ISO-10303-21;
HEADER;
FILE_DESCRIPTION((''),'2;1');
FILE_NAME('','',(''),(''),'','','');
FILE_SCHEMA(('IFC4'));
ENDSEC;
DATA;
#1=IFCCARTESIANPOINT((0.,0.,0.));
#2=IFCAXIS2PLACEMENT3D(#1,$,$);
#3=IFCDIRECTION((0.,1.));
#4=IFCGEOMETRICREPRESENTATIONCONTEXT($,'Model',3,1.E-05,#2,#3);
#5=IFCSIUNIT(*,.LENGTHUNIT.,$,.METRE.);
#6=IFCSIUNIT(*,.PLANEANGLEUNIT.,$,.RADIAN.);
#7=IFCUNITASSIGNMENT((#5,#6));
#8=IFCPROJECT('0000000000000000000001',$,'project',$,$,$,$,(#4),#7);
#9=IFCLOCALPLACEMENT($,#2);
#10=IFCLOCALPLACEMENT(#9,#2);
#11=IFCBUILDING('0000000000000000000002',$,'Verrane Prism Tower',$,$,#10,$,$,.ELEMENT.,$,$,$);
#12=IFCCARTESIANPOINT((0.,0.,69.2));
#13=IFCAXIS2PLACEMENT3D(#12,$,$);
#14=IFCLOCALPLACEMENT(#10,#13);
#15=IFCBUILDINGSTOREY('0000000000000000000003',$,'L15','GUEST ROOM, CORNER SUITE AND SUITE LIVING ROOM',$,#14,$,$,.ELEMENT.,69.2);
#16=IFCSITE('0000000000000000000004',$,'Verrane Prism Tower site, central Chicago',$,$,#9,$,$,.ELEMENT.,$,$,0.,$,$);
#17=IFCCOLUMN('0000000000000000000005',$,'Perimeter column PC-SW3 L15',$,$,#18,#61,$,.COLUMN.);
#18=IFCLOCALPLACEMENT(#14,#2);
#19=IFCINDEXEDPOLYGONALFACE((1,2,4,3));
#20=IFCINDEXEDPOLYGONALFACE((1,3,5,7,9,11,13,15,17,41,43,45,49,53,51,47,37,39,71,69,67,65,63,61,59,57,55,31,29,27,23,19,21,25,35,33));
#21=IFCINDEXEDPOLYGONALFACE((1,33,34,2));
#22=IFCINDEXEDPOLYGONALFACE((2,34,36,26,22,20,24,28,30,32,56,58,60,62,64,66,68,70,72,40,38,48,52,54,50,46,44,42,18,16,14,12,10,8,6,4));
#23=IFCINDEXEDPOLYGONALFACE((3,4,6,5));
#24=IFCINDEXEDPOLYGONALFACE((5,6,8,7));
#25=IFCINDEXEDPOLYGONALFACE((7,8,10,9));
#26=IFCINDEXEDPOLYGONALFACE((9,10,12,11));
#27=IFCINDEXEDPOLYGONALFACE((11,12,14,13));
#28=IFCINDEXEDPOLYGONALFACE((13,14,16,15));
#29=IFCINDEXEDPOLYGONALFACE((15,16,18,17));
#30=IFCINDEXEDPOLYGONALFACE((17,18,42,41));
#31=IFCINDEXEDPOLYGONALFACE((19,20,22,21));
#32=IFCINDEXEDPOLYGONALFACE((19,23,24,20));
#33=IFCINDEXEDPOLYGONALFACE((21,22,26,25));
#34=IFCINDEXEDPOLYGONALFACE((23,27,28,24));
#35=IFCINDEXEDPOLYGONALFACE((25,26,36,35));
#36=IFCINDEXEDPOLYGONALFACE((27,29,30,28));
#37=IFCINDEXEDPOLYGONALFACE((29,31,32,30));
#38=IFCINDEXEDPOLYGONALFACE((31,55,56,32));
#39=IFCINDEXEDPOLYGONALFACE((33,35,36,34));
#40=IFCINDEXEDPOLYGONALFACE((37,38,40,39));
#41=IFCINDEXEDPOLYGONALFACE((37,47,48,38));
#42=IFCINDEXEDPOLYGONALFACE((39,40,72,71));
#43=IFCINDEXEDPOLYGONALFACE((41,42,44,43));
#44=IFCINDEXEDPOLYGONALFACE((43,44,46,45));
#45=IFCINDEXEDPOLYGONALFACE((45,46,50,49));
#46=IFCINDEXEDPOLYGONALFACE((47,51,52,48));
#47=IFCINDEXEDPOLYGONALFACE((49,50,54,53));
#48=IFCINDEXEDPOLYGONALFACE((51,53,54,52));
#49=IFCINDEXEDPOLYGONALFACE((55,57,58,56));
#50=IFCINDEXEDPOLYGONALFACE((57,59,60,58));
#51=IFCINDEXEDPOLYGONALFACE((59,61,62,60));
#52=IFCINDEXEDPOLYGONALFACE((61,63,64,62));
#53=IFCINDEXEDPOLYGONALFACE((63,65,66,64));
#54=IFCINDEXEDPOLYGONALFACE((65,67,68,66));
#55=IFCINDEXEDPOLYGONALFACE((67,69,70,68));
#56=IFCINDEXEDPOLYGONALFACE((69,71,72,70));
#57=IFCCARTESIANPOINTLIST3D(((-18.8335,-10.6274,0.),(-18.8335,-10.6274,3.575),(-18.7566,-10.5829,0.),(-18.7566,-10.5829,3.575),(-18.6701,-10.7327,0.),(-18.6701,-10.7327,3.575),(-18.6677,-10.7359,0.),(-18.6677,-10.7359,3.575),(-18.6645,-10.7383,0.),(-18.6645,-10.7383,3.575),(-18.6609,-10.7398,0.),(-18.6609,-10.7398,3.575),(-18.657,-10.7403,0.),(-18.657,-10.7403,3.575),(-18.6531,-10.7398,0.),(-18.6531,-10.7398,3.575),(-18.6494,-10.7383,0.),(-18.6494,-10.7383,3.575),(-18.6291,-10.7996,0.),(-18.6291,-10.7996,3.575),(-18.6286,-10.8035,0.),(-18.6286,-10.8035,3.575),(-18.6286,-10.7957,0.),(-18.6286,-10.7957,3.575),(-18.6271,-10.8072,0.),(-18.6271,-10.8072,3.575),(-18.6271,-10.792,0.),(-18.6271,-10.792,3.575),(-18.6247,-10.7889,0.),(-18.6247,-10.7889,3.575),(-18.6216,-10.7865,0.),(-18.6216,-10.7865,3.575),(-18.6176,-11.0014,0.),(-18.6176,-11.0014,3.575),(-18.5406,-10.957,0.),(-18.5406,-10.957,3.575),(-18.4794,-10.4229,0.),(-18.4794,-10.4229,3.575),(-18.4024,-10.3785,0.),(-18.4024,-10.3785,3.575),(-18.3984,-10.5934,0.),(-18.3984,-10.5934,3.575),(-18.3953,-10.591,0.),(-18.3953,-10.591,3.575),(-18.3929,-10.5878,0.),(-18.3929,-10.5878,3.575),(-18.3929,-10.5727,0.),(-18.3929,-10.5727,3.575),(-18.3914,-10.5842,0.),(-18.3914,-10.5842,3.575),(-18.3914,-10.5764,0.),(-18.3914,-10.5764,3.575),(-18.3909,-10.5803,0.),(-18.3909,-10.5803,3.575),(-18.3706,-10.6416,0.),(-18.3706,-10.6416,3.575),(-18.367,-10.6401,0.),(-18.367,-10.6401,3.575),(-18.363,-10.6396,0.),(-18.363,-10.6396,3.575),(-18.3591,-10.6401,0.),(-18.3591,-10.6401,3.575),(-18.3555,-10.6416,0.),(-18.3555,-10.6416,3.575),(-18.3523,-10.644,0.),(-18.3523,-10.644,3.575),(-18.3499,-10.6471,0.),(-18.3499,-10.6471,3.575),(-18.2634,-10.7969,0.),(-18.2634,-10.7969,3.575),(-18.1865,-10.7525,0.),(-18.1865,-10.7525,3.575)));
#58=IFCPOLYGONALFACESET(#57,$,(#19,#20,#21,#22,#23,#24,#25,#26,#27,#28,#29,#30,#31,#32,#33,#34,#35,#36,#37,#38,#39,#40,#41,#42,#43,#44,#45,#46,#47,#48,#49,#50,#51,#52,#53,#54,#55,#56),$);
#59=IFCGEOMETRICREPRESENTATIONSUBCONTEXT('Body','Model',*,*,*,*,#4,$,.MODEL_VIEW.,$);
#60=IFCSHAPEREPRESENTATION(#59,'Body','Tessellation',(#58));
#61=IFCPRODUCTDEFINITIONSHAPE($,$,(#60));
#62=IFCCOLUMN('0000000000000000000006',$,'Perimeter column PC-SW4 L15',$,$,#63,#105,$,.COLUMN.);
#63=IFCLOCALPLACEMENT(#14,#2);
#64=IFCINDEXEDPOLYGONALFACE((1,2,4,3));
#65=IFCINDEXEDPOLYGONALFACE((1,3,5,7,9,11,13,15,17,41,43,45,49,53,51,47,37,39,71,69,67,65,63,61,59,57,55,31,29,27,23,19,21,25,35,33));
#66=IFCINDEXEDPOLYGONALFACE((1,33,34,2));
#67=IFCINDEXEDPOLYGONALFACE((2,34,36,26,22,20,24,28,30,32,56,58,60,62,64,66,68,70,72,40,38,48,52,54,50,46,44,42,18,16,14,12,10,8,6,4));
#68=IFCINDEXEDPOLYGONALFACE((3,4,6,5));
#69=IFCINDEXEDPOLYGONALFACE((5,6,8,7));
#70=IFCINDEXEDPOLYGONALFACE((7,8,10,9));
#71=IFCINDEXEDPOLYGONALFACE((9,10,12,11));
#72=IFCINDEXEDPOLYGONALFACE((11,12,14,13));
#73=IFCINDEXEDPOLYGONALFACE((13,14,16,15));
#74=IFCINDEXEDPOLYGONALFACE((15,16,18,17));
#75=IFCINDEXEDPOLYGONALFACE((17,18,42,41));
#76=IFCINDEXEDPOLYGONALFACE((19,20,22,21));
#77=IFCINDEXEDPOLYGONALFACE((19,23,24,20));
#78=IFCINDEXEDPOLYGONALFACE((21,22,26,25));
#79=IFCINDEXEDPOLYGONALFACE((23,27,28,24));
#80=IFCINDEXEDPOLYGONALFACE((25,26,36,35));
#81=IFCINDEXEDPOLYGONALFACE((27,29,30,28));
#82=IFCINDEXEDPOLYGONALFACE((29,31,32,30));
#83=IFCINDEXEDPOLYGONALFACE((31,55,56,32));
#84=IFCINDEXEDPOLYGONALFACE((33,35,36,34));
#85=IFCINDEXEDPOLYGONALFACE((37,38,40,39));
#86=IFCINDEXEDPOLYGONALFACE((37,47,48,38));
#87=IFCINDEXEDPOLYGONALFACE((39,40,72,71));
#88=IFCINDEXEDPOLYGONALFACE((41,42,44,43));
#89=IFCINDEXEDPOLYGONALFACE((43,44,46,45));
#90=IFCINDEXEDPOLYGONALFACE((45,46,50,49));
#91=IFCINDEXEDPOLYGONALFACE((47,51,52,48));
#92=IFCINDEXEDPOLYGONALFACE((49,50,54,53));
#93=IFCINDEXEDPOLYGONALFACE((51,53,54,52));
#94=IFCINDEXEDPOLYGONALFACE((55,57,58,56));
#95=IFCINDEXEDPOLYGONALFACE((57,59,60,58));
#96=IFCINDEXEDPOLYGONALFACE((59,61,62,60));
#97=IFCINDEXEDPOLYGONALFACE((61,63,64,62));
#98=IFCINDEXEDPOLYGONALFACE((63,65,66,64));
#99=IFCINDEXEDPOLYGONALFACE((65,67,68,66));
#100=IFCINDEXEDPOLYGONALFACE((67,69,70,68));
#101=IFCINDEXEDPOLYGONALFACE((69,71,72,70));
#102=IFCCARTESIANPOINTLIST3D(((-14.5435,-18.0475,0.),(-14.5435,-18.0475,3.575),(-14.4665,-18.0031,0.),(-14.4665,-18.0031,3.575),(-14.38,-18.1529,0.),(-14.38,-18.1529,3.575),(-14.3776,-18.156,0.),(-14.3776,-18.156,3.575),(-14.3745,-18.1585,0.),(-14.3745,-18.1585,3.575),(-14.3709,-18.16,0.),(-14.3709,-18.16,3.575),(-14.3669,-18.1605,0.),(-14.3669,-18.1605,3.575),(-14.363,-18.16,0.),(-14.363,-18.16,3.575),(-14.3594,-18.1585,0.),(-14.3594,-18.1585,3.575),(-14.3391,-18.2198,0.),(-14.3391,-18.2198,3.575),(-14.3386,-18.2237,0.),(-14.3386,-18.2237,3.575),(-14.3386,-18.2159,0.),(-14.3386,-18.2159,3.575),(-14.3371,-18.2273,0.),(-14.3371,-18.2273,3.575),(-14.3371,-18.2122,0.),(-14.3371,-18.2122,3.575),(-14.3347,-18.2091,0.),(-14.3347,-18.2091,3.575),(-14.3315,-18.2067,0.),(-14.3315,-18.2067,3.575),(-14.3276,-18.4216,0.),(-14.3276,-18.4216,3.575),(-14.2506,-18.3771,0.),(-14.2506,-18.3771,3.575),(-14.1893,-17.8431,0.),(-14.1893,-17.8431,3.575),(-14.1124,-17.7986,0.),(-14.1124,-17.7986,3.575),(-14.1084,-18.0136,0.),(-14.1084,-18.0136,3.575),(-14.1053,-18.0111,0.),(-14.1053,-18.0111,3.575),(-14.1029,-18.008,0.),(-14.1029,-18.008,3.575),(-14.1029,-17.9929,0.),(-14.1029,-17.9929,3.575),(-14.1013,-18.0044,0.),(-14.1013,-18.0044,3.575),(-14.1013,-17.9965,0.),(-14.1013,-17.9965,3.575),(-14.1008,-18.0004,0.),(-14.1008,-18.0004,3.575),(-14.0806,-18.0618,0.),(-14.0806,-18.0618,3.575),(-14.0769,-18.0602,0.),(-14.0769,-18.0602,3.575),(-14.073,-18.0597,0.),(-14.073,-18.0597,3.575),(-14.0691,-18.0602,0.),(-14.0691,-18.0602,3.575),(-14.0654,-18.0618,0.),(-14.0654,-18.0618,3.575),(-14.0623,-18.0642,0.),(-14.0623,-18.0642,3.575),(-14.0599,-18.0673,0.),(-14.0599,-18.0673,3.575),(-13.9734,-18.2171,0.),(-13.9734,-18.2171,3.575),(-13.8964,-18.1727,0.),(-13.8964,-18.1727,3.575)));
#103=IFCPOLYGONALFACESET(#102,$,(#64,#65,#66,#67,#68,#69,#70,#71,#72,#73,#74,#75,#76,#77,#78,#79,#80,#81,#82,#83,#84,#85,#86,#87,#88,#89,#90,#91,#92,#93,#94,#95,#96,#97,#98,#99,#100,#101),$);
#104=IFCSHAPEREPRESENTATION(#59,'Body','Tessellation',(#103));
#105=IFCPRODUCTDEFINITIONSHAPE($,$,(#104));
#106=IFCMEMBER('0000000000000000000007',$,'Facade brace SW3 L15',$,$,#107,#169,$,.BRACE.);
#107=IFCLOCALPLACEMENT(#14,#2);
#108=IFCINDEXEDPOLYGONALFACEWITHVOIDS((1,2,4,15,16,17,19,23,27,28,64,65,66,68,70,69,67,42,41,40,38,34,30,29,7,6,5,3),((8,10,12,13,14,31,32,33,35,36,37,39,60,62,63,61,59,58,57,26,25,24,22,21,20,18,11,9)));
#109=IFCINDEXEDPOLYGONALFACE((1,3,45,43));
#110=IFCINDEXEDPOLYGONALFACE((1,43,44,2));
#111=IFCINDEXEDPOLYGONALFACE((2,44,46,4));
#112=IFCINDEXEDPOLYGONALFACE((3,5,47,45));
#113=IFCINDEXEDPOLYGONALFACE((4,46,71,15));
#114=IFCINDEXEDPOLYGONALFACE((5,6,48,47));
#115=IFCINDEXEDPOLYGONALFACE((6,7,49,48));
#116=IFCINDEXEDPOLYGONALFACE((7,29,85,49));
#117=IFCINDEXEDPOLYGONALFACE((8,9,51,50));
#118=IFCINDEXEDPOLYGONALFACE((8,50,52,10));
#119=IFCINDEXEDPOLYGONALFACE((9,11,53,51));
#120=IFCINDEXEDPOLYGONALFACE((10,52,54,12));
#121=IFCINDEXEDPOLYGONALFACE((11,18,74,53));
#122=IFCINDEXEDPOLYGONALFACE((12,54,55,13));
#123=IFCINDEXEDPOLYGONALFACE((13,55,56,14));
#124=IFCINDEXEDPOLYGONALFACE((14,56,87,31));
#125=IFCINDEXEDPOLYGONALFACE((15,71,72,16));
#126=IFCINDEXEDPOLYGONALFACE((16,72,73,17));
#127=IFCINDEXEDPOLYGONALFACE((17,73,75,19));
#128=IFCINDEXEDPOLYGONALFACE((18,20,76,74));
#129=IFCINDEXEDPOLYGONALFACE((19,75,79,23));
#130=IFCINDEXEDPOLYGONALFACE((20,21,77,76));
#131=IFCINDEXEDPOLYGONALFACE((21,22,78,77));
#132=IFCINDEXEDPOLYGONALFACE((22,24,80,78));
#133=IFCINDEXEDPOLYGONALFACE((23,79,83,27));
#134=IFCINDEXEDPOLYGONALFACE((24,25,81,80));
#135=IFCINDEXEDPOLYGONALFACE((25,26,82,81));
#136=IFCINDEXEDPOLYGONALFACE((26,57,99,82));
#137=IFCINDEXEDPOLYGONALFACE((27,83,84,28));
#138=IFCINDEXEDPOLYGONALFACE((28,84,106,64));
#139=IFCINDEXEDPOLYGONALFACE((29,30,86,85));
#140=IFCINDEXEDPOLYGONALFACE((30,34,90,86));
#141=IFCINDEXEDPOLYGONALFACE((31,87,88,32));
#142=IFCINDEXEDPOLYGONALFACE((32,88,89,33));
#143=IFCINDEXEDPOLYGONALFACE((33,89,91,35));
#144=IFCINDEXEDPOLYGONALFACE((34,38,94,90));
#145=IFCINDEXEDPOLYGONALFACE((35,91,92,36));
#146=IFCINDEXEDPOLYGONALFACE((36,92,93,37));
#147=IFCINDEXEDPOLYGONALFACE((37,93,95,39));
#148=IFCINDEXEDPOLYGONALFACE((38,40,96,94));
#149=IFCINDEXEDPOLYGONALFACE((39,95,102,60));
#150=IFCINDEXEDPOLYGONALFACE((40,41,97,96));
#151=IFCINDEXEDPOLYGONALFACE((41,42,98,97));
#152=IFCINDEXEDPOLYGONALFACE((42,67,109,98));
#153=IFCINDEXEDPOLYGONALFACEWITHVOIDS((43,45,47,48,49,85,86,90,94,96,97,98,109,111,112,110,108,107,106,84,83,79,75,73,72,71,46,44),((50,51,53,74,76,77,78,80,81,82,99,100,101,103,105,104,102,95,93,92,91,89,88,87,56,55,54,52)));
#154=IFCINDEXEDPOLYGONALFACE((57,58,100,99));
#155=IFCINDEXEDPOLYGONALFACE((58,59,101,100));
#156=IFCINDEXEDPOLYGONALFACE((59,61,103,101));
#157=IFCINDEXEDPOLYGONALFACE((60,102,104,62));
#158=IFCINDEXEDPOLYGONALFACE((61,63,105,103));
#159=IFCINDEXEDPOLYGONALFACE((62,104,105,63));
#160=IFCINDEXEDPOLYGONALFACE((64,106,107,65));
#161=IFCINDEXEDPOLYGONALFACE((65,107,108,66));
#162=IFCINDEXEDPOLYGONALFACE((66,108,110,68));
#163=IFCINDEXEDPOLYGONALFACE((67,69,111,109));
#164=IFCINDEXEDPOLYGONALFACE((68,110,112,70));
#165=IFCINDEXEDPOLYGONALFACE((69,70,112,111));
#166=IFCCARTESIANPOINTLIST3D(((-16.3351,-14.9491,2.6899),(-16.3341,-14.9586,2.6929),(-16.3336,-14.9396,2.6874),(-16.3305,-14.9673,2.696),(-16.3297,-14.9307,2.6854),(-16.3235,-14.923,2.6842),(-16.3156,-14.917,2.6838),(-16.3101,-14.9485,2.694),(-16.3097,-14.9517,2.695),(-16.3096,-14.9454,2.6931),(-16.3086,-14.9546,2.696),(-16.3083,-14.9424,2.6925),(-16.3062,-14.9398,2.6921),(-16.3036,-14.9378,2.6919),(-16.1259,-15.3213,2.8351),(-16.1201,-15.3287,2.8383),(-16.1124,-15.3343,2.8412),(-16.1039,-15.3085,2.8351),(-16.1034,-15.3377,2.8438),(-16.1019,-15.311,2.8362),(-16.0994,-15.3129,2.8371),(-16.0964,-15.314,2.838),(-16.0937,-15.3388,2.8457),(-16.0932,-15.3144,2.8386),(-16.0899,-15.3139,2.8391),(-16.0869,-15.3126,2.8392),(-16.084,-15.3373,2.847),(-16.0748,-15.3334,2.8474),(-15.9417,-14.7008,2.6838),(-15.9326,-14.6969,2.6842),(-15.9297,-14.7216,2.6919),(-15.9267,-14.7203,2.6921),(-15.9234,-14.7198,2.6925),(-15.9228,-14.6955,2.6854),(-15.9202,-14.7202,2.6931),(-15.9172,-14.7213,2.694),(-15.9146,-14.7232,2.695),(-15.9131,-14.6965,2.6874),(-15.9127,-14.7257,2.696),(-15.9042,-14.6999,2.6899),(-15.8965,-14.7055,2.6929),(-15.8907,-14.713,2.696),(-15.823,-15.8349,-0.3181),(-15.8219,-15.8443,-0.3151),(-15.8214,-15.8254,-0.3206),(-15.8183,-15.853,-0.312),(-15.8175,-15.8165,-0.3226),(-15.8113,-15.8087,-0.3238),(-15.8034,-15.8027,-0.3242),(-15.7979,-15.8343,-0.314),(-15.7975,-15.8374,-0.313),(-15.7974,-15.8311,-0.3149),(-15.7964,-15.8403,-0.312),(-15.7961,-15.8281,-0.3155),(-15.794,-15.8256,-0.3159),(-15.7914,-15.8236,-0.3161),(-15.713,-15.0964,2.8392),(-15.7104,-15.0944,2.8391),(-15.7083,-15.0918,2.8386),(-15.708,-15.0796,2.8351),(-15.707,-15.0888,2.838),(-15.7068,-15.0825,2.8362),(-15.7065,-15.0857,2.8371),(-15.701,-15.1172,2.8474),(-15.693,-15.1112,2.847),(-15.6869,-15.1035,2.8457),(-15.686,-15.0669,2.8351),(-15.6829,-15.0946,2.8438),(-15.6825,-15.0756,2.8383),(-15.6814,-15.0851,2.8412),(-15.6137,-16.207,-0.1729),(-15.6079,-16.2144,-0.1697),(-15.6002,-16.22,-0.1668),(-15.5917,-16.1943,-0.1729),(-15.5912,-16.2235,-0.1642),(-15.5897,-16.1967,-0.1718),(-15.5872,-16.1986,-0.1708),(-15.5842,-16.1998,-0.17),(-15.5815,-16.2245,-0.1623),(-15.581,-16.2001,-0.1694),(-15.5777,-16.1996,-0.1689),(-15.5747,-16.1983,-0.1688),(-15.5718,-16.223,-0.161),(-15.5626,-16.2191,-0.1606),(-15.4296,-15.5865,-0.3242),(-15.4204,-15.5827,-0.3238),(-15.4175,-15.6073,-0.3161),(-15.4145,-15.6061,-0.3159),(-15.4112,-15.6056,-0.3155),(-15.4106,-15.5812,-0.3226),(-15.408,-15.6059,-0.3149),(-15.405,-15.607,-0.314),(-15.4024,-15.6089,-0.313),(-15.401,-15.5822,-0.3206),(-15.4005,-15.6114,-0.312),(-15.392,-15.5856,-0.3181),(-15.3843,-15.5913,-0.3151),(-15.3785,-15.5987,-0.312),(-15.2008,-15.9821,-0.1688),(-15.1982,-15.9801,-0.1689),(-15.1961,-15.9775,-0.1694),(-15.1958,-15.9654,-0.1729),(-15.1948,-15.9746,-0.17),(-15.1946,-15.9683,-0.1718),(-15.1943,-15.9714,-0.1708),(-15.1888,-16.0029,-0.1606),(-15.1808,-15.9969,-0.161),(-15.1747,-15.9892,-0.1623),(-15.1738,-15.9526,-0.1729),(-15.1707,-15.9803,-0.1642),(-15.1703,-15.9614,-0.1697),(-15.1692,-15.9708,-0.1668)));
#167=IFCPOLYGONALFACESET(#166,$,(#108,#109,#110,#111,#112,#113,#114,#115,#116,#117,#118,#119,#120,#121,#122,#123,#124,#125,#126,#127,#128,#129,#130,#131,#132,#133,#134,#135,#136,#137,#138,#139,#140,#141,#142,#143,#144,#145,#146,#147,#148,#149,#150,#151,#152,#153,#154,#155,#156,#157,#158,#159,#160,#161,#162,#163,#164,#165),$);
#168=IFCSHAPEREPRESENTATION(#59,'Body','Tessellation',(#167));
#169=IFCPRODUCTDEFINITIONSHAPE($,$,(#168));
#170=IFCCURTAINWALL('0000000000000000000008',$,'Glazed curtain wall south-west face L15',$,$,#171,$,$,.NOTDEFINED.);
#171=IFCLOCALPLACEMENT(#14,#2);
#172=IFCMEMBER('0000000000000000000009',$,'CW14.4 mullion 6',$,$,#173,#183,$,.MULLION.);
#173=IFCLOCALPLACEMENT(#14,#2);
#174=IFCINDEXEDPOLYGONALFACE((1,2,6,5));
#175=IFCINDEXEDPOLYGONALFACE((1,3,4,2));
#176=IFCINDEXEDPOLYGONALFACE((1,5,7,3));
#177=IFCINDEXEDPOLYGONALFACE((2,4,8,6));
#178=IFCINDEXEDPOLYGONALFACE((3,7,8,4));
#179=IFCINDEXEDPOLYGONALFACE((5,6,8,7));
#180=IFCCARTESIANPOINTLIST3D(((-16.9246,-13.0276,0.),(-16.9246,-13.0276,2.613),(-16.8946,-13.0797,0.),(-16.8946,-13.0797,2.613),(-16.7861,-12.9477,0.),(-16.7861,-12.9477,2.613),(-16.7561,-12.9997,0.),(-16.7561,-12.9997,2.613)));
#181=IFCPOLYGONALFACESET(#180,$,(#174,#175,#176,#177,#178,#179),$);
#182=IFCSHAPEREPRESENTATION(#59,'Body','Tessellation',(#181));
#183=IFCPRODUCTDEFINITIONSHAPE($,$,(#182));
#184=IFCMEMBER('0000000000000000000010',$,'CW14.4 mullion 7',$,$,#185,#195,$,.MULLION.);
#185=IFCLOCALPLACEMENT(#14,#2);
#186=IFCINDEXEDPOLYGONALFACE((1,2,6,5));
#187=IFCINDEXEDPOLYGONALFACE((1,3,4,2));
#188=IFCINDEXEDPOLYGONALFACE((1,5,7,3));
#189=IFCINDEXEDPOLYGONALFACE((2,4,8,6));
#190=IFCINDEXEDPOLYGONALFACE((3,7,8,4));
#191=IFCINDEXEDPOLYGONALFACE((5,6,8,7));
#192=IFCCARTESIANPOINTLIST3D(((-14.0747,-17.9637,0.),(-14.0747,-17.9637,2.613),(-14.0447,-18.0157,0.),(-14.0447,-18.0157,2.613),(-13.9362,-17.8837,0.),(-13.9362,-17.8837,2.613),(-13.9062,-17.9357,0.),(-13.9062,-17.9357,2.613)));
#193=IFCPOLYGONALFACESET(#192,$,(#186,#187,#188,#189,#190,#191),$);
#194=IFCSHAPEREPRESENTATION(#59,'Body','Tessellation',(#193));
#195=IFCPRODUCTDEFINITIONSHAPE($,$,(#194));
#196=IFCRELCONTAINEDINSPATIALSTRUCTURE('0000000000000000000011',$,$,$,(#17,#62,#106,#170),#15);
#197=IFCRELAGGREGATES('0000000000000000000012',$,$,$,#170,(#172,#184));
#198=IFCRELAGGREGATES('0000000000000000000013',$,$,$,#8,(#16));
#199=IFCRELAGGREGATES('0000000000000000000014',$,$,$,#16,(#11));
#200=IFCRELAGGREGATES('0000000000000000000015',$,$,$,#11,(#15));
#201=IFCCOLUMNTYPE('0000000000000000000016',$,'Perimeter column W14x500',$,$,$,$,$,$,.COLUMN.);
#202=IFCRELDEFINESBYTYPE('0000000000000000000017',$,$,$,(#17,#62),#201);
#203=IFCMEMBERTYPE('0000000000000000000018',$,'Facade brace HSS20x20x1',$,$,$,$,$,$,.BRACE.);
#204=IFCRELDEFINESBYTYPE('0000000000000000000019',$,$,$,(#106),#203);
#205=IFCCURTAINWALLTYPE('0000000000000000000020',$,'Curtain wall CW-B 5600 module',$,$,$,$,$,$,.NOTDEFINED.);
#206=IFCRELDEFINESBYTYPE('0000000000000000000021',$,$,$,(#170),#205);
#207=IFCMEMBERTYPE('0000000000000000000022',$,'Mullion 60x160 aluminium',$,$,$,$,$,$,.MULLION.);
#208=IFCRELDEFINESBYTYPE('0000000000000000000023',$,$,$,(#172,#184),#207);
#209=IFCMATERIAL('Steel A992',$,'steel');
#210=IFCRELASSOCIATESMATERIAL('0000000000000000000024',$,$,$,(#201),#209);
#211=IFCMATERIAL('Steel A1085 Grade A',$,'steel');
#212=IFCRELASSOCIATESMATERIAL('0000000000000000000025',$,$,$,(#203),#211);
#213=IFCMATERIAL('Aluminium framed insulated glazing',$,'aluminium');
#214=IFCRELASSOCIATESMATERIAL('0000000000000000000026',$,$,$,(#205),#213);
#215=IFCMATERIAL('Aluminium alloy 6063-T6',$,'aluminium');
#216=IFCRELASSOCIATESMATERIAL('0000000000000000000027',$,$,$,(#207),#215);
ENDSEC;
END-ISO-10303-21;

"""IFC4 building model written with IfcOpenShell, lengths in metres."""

from ifc_helpers import new_model, si_unit, direction, frame, origin, origin_2d, place, context, subcontext, project, spatial, rectangle, hollow_rectangle, i_section, extrude, material, material_profile, profile_set, type_object, element, aggregate, save


model = new_model("IFC4")

# Units and contexts
model_context = context("Model", 3, precision=1e-05, world=origin(), true_north=direction((0.0, 1.0)))
body_context = subcontext(model_context, "Body", "Model", "MODEL_VIEW")
ifc_project = project(units=[si_unit("LENGTHUNIT", "METRE"), si_unit("PLANEANGLEUNIT", "RADIAN")], contexts=[model_context])

# Site, building, storey
site_placement = place(None, origin())
site = spatial("IfcSite", under=ifc_project, at=site_placement, Name="Verrane Prism Tower site, central Chicago", CompositionType="ELEMENT", RefElevation=0.0)
building_placement = place(site_placement, origin())
building = spatial("IfcBuilding", under=site, at=building_placement, Name="Verrane Prism Tower", CompositionType="ELEMENT")
storey_placement = place(building_placement, frame((0.0, 0.0, 69.2)))
storey = spatial("IfcBuildingStorey", under=building, at=storey_placement, Name="L15", Description="GUEST ROOM, CORNER SUITE AND SUITE LIVING ROOM", CompositionType="ELEMENT", Elevation=69.2)

# Columns
ifc_material_1 = material(Name="Steel A992", Category="steel")
ifc_material_profile_1 = material_profile(ifc_material_1, i_section(OverallWidth=0.4319, OverallDepth=0.4978, WebThickness=0.0557, FlangeThickness=0.0889, FilletRadius=0.0151, at=origin_2d()), Name="W14x500")
ifc_profile_set_1 = profile_set([ifc_material_profile_1], Name="Steel A992")
column_type = type_object("IfcColumnType", Name="Perimeter column W14x500", PredefinedType="COLUMN", material=ifc_profile_set_1)
for number, where, z_axis, x_axis, name in (
    (1, (-18.51, -10.6899, 0.0), (0.0, 0.0, 1.0), (-0.5, 0.866025, 0.0), "Perimeter column PC-SW3 L15"),
    (2, (-14.22, -18.1101, 0.0), (0.0, 0.0, 1.0), (-0.5, 0.866025, 0.0), "Perimeter column PC-SW4 L15"),
):
    element("IfcColumn", number, at=place(storey_placement, frame(where, z_axis=z_axis, x_axis=x_axis)), inside=storey, type_object=column_type, Name=name, PredefinedType="COLUMN", context=body_context, shape_type="SweptSolid", body=[
        extrude(i_section(OverallWidth=0.4319, OverallDepth=0.4978, WebThickness=0.0557, FlangeThickness=0.0889, FilletRadius=0.0151, at=origin_2d()), origin(), (0.0, 0.0, 1.0), 3.575),
    ])

# Member
ifc_material_2 = material(Name="Steel A1085 Grade A", Category="steel")
ifc_material_profile_2 = material_profile(ifc_material_2, hollow_rectangle(XDim=0.5081, YDim=0.5081, WallThickness=0.0254, InnerFilletRadius=0.0127, OuterFilletRadius=0.0381, at=origin_2d()), Name="HSS20x20x1")
ifc_profile_set_2 = profile_set([ifc_material_profile_2], Name="Steel A1085 Grade A")
member_type_1 = type_object("IfcMemberType", Name="Facade brace HSS20x20x1", PredefinedType="BRACE", material=ifc_profile_set_2)
member_1_placement = place(storey_placement, frame((-15.4961, -15.9028, -0.2424), z_axis=(-0.161208, 0.278771, 0.946731), x_axis=(-0.865677, -0.500604, 0.0)))
element("IfcMember", 3, at=member_1_placement, inside=storey, type_object=member_type_1, Name="Facade brace SW3 L15", PredefinedType="BRACE", context=body_context, shape_type="SweptSolid", body=[
    extrude(hollow_rectangle(XDim=0.5081, YDim=0.5081, WallThickness=0.0254, InnerFilletRadius=0.0127, OuterFilletRadius=0.0381, at=origin_2d()), origin(), (0.0, 0.0, 1.0), 3.1772),
])

# Curtain wall, members
ifc_material_3 = material(Name="Aluminium framed insulated glazing", Category="aluminium")
curtain_wall_type = type_object("IfcCurtainWallType", Name="Curtain wall CW-B 5600 module", PredefinedType="NOTDEFINED", material=ifc_material_3)
curtain_wall_placement = place(storey_placement, origin())
curtain_wall = element("IfcCurtainWall", 4, at=curtain_wall_placement, inside=storey, type_object=curtain_wall_type, Name="Glazed curtain wall south-west face L15", PredefinedType="NOTDEFINED")
ifc_material_4 = material(Name="Aluminium alloy 6063-T6", Category="aluminium")
ifc_material_profile_3 = material_profile(ifc_material_4, rectangle(XDim=0.1599, YDim=0.0601, at=origin_2d()), Name="Mullion 60x160 aluminium")
ifc_profile_set_3 = profile_set([ifc_material_profile_3], Name="Aluminium alloy 6063-T6")
member_type_2 = type_object("IfcMemberType", Name="Mullion 60x160 aluminium", PredefinedType="MULLION", material=ifc_profile_set_3)
member_2_placement = place(storey_placement, frame((-16.8403, -13.0137, 0.0), z_axis=(0.0, 0.0, 1.0), x_axis=(0.866025, 0.5, 0.0)))
member_2 = element("IfcMember", 5, at=member_2_placement, type_object=member_type_2, Name="CW14.4 mullion 6", PredefinedType="MULLION", context=body_context, shape_type="SweptSolid", body=[
    extrude(rectangle(XDim=0.1599, YDim=0.0601, at=origin_2d()), origin(), (0.0, 0.0, 1.0), 2.613),
])
member_3_placement = place(storey_placement, frame((-13.9905, -17.9497, 0.0), z_axis=(0.0, 0.0, 1.0), x_axis=(0.866025, 0.5, 0.0)))
member_3 = element("IfcMember", 6, at=member_3_placement, type_object=member_type_2, Name="CW14.4 mullion 7", PredefinedType="MULLION", context=body_context, shape_type="SweptSolid", body=[
    extrude(rectangle(XDim=0.1599, YDim=0.0601, at=origin_2d()), origin(), (0.0, 0.0, 1.0), 2.613),
])

aggregate(curtain_wall, [member_2, member_3])

save(model, "model.ifc")
